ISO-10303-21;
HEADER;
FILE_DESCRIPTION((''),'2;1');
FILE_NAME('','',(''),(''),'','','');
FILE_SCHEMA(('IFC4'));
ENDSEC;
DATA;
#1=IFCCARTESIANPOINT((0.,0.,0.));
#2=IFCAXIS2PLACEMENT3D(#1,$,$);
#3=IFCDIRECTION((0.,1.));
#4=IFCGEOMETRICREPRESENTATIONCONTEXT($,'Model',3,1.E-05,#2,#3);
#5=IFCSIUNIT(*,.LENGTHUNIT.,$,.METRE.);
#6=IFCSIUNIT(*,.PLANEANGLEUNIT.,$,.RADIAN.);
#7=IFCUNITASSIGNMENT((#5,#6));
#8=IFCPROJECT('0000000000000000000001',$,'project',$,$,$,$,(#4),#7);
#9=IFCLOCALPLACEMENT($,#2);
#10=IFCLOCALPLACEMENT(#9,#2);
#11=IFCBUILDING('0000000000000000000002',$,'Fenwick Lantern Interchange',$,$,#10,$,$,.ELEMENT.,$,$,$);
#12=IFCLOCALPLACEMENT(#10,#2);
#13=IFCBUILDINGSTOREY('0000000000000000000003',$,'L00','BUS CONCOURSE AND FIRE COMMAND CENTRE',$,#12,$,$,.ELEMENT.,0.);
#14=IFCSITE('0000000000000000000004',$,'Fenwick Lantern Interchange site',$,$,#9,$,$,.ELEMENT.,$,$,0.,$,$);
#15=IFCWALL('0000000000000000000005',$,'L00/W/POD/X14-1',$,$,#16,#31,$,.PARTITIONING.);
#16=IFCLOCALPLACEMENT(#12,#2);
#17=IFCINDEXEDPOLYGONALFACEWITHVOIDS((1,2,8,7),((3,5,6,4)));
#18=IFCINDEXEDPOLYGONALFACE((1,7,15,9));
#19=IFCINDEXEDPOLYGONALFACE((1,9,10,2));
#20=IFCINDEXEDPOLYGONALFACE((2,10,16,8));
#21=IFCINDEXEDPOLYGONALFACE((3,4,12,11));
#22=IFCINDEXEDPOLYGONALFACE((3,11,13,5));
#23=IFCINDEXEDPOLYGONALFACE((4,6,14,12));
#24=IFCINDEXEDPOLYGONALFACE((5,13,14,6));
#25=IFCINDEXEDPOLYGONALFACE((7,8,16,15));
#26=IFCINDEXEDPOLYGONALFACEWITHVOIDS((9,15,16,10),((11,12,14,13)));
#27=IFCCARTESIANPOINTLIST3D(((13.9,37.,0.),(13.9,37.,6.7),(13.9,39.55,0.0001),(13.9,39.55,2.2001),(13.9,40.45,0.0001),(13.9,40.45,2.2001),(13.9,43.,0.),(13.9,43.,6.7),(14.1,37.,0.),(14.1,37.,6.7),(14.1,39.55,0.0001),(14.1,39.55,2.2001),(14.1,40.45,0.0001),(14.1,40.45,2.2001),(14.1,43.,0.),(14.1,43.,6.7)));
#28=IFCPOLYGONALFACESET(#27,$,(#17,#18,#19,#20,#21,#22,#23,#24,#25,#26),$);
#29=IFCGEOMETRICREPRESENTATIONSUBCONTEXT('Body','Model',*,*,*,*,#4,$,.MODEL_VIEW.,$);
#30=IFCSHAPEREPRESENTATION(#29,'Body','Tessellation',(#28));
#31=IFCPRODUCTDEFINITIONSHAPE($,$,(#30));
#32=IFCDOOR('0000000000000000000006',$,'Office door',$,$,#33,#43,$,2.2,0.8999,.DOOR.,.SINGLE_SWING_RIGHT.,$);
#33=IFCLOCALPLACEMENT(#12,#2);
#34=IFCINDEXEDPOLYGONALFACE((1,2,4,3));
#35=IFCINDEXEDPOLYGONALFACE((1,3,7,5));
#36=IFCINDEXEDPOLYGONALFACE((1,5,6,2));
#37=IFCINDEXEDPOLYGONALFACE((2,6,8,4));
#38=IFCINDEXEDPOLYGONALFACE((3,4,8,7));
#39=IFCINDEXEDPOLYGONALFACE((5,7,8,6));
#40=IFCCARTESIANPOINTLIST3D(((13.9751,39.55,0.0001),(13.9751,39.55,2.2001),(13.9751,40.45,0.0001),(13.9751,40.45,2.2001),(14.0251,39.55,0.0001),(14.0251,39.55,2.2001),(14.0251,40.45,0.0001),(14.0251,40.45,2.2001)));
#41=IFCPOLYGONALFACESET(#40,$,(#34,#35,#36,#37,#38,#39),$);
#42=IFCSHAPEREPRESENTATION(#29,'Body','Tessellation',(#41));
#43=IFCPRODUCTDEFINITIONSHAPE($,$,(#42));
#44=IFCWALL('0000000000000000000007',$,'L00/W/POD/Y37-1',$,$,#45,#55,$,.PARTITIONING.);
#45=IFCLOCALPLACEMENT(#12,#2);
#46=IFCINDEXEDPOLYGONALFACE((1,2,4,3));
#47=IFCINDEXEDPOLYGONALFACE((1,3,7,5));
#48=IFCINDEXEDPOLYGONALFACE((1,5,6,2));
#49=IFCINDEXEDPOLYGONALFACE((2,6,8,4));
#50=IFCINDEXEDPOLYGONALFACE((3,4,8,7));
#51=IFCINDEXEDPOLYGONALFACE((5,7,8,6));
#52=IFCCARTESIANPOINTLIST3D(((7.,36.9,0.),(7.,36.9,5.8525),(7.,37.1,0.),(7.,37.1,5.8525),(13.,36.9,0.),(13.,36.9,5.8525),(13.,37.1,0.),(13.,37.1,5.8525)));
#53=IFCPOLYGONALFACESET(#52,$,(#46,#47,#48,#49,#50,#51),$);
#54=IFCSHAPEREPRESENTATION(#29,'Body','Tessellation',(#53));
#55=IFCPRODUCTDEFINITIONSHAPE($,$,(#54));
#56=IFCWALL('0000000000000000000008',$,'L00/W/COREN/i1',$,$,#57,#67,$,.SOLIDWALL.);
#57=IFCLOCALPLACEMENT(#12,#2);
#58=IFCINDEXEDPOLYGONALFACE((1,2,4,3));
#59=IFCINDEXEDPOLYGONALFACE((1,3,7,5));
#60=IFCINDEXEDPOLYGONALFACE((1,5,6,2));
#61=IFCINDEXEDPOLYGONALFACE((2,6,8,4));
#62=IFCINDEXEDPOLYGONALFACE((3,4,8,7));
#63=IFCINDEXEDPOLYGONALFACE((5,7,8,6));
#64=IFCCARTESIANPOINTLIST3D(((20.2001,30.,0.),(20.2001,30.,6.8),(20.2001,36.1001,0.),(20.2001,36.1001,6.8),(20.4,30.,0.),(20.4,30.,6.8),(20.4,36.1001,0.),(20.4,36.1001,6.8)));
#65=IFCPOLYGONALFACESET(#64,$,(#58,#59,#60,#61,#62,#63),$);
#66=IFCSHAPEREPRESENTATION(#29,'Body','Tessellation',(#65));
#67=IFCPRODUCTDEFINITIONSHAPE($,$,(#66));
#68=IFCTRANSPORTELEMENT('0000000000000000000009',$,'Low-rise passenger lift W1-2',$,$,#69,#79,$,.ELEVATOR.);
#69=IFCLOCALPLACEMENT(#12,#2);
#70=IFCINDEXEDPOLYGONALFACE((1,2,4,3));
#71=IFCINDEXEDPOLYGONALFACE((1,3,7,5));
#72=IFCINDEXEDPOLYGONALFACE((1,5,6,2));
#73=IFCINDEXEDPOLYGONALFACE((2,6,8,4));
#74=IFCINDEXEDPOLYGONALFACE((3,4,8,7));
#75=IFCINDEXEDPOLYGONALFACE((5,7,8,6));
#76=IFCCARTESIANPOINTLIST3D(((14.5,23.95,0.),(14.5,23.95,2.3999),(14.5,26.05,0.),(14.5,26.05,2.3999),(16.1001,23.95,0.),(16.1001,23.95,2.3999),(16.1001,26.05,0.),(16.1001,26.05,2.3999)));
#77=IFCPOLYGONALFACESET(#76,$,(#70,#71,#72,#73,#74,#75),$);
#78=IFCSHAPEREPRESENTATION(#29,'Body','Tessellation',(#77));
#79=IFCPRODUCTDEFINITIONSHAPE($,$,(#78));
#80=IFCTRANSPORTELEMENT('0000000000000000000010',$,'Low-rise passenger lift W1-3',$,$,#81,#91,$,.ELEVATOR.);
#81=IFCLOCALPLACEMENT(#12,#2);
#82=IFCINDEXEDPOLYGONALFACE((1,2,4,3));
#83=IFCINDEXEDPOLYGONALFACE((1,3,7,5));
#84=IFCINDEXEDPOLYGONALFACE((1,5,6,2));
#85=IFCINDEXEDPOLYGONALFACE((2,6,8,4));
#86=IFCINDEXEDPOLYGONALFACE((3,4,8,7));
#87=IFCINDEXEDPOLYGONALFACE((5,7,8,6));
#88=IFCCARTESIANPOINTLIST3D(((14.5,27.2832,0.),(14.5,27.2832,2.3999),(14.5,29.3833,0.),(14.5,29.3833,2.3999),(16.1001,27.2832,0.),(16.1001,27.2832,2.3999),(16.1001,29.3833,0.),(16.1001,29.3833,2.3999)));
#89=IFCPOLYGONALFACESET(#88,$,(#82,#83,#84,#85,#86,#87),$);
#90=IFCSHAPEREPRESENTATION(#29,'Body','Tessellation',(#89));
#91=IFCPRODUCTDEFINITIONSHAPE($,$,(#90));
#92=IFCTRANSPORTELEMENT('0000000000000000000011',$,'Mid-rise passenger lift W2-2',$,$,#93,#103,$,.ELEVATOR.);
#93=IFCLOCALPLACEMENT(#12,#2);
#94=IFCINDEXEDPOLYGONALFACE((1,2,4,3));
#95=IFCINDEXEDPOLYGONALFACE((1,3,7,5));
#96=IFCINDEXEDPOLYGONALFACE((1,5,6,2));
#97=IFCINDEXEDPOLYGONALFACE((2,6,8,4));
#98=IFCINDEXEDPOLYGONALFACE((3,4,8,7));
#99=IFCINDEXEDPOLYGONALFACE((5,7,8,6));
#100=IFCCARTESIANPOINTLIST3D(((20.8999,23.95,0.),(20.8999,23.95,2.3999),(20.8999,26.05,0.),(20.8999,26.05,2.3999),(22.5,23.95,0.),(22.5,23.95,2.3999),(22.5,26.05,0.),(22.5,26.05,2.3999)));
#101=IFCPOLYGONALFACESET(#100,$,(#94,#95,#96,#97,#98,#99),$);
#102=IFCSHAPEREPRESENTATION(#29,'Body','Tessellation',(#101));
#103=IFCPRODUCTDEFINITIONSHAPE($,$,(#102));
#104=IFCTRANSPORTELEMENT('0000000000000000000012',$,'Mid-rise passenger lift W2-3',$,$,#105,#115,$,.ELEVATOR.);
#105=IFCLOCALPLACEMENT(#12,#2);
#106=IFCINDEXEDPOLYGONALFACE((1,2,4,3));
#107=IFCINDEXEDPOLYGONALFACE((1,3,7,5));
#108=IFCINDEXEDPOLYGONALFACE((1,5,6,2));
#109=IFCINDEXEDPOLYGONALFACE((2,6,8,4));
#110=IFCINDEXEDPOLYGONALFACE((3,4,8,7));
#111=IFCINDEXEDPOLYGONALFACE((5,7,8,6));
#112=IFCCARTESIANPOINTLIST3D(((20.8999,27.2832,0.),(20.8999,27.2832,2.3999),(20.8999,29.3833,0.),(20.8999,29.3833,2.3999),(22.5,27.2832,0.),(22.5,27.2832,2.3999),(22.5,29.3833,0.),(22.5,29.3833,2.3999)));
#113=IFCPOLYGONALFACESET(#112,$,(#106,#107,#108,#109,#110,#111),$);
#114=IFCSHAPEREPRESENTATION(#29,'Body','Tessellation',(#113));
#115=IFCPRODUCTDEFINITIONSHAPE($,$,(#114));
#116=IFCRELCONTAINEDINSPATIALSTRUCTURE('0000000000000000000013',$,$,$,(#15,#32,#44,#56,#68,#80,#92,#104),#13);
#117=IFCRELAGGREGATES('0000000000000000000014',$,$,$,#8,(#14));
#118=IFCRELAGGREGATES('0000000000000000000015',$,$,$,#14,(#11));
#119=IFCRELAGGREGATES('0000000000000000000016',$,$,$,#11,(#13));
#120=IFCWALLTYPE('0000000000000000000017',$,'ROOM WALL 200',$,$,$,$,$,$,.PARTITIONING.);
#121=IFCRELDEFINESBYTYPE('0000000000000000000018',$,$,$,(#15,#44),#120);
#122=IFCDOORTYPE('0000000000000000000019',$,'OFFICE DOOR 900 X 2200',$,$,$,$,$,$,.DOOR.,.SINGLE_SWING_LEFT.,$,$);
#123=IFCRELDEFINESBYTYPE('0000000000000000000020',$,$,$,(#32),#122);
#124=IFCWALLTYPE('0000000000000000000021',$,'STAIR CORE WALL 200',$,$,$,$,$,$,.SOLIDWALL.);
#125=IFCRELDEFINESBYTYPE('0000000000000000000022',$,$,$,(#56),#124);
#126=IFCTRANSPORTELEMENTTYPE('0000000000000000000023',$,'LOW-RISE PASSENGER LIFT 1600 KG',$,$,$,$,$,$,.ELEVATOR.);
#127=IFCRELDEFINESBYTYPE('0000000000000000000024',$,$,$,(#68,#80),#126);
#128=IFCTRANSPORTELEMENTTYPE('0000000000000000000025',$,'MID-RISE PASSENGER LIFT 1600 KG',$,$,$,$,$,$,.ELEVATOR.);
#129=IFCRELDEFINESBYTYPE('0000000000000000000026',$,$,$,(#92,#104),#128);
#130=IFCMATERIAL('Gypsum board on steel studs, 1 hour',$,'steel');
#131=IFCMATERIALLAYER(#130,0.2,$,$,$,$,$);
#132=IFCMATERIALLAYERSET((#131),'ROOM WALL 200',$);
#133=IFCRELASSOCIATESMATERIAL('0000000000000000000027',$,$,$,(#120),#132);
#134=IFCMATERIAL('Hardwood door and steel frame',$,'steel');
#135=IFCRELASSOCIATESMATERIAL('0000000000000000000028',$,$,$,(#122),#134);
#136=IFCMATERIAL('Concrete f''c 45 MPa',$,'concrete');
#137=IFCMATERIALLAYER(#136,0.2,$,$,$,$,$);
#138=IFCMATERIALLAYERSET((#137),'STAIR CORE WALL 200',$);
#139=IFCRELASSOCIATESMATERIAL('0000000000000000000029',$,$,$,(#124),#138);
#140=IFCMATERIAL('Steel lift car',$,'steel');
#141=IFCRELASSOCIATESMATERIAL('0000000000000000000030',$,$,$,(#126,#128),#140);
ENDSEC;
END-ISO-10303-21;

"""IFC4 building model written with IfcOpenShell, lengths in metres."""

from ifc_helpers import new_model, si_unit, direction, frame, frame_2d, origin, origin_2d, place, context, subcontext, project, spatial, rectangle, extrude, material, layer, layer_set, type_object, element, fill, save


model = new_model("IFC4")

# Units and contexts
model_context = context("Model", 3, precision=1e-05, world=origin(), true_north=direction((0.0, 1.0)))
body_context = subcontext(model_context, "Body", "Model", "MODEL_VIEW")
ifc_project = project(units=[si_unit("LENGTHUNIT", "METRE"), si_unit("PLANEANGLEUNIT", "RADIAN")], contexts=[model_context])

# Site, building, storey
site_placement = place(None, origin())
site = spatial("IfcSite", under=ifc_project, at=site_placement, Name="Fenwick Lantern Interchange site", CompositionType="ELEMENT", RefElevation=0.0)
building_placement = place(site_placement, origin())
building = spatial("IfcBuilding", under=site, at=building_placement, Name="Fenwick Lantern Interchange", CompositionType="ELEMENT")
storey_placement = place(building_placement, origin())
storey = spatial("IfcBuildingStorey", under=building, at=storey_placement, Name="L00", Description="BUS CONCOURSE AND FIRE COMMAND CENTRE", CompositionType="ELEMENT", Elevation=0.0)

# Shared definitions
ifc_material_1 = material(Name="Hardwood door and steel frame", Category="steel")

# Wall, opening, door
ifc_material_2 = material(Name="Gypsum board on steel studs, 1 hour", Category="steel")
ifc_layer_1 = layer(ifc_material_2, 0.2)
ifc_layer_set_1 = layer_set([ifc_layer_1], Name="ROOM WALL 200")
wall_type_1 = type_object("IfcWallType", Name="ROOM WALL 200", PredefinedType="PARTITIONING", material=ifc_layer_set_1)
wall_1_placement = place(storey_placement, frame((14.0, 37.0, 0.0), z_axis=(0.0, 0.0, 1.0), x_axis=(0.0, 1.0, 0.0)))
wall_1 = element("IfcWall", 1, at=wall_1_placement, inside=storey, type_object=wall_type_1, Name="L00/W/POD/X14-1", PredefinedType="PARTITIONING", context=body_context, shape_type="SweptSolid", body=[
    extrude(rectangle(XDim=6.0, YDim=0.2, at=frame_2d((3.0, 0.0))), origin(), (0.0, 0.0, 1.0), 6.7),
])
opening_1_placement = place(wall_1_placement, frame((2.55, 0.0, 0.0)))
opening_1 = element("IfcOpeningElement", 2, at=opening_1_placement, cuts=wall_1, PredefinedType="OPENING", context=body_context, shape_type="SweptSolid", body=[
    extrude(rectangle(XDim=0.8999, YDim=2.2, at=frame_2d((0.45, 1.1001))), frame((0.0, 0.1099, 0.0), z_axis=(0.0, -1.0, 0.0), x_axis=(1.0, 0.0, 0.0)), (0.0, 0.0, 1.0), 0.22),
])
door_type_1 = type_object("IfcDoorType", Name="OFFICE DOOR 900 X 2200", OperationType="SINGLE_SWING_LEFT", PredefinedType="DOOR", material=ifc_material_1)
door_1_placement = place(opening_1_placement, origin())
door_1 = element("IfcDoor", 3, at=door_1_placement, inside=storey, type_object=door_type_1, Name="Office door", OperationType="SINGLE_SWING_RIGHT", OverallHeight=2.2, OverallWidth=0.8999, PredefinedType="DOOR", context=body_context, shape_type="SweptSolid", body=[
    extrude(rectangle(XDim=0.8999, YDim=2.2, at=frame_2d((0.45, 1.1001))), frame((0.0, 0.0249, 0.0), z_axis=(0.0, -1.0, 0.0), x_axis=(1.0, 0.0, 0.0)), (0.0, 0.0, 1.0), 0.05),
])
fill(opening_1, door_1)

# Walls
wall_2_placement = place(storey_placement, frame((7.0, 37.0, 0.0), z_axis=(0.0, 0.0, 1.0), x_axis=(1.0, 0.0, 0.0)))
element("IfcWall", 4, at=wall_2_placement, inside=storey, type_object=wall_type_1, Name="L00/W/POD/Y37-1", PredefinedType="PARTITIONING", context=body_context, shape_type="SweptSolid", body=[
    extrude(rectangle(XDim=6.0, YDim=0.2, at=frame_2d((3.0, 0.0))), origin(), (0.0, 0.0, 1.0), 5.8525),
])
ifc_material_3 = material(Name="Concrete f'c 45 MPa", Category="concrete")
ifc_layer_2 = layer(ifc_material_3, 0.2)
ifc_layer_set_2 = layer_set([ifc_layer_2], Name="STAIR CORE WALL 200")
wall_type_2 = type_object("IfcWallType", Name="STAIR CORE WALL 200", PredefinedType="SOLIDWALL", material=ifc_layer_set_2)
wall_3_placement = place(storey_placement, frame((20.3, 36.1001, 0.0), z_axis=(0.0, 0.0, 1.0), x_axis=(0.0, -1.0, 0.0)))
element("IfcWall", 5, at=wall_3_placement, inside=storey, type_object=wall_type_2, Name="L00/W/COREN/i1", PredefinedType="SOLIDWALL", context=body_context, shape_type="SweptSolid", body=[
    extrude(rectangle(XDim=6.1001, YDim=0.2, at=frame_2d((3.05, 0.0))), origin(), (0.0, 0.0, 1.0), 6.8),
])

# Transport elements
ifc_material_4 = material(Name="Steel lift car", Category="steel")
transport_element_type_1 = type_object("IfcTransportElementType", Name="LOW-RISE PASSENGER LIFT 1600 KG", PredefinedType="ELEVATOR", material=ifc_material_4)
for number, where, z_axis, x_axis, name in (
    (6, (15.3, 25.0, 0.0), (0.0, 0.0, 1.0), (1.0, 0.0, 0.0), "Low-rise passenger lift W1-2"),
    (7, (15.3, 28.3333, 0.0), (0.0, 0.0, 1.0), (1.0, 0.0, 0.0), "Low-rise passenger lift W1-3"),
):
    element("IfcTransportElement", number, at=place(storey_placement, frame(where, z_axis=z_axis, x_axis=x_axis)), inside=storey, type_object=transport_element_type_1, Name=name, PredefinedType="ELEVATOR", context=body_context, shape_type="SweptSolid", body=[
        extrude(rectangle(XDim=1.6001, YDim=2.1001, at=origin_2d()), origin(), (0.0, 0.0, 1.0), 2.3999),
    ])
transport_element_type_2 = type_object("IfcTransportElementType", Name="MID-RISE PASSENGER LIFT 1600 KG", PredefinedType="ELEVATOR", material=ifc_material_4)
for number, where, z_axis, x_axis, name in (
    (8, (21.7, 25.0, 0.0), (0.0, 0.0, 1.0), (1.0, 0.0, 0.0), "Mid-rise passenger lift W2-2"),
    (9, (21.7, 28.3333, 0.0), (0.0, 0.0, 1.0), (1.0, 0.0, 0.0), "Mid-rise passenger lift W2-3"),
):
    element("IfcTransportElement", number, at=place(storey_placement, frame(where, z_axis=z_axis, x_axis=x_axis)), inside=storey, type_object=transport_element_type_2, Name=name, PredefinedType="ELEVATOR", context=body_context, shape_type="SweptSolid", body=[
        extrude(rectangle(XDim=1.6001, YDim=2.1001, at=origin_2d()), origin(), (0.0, 0.0, 1.0), 2.3999),
    ])

save(model, "model.ifc")
